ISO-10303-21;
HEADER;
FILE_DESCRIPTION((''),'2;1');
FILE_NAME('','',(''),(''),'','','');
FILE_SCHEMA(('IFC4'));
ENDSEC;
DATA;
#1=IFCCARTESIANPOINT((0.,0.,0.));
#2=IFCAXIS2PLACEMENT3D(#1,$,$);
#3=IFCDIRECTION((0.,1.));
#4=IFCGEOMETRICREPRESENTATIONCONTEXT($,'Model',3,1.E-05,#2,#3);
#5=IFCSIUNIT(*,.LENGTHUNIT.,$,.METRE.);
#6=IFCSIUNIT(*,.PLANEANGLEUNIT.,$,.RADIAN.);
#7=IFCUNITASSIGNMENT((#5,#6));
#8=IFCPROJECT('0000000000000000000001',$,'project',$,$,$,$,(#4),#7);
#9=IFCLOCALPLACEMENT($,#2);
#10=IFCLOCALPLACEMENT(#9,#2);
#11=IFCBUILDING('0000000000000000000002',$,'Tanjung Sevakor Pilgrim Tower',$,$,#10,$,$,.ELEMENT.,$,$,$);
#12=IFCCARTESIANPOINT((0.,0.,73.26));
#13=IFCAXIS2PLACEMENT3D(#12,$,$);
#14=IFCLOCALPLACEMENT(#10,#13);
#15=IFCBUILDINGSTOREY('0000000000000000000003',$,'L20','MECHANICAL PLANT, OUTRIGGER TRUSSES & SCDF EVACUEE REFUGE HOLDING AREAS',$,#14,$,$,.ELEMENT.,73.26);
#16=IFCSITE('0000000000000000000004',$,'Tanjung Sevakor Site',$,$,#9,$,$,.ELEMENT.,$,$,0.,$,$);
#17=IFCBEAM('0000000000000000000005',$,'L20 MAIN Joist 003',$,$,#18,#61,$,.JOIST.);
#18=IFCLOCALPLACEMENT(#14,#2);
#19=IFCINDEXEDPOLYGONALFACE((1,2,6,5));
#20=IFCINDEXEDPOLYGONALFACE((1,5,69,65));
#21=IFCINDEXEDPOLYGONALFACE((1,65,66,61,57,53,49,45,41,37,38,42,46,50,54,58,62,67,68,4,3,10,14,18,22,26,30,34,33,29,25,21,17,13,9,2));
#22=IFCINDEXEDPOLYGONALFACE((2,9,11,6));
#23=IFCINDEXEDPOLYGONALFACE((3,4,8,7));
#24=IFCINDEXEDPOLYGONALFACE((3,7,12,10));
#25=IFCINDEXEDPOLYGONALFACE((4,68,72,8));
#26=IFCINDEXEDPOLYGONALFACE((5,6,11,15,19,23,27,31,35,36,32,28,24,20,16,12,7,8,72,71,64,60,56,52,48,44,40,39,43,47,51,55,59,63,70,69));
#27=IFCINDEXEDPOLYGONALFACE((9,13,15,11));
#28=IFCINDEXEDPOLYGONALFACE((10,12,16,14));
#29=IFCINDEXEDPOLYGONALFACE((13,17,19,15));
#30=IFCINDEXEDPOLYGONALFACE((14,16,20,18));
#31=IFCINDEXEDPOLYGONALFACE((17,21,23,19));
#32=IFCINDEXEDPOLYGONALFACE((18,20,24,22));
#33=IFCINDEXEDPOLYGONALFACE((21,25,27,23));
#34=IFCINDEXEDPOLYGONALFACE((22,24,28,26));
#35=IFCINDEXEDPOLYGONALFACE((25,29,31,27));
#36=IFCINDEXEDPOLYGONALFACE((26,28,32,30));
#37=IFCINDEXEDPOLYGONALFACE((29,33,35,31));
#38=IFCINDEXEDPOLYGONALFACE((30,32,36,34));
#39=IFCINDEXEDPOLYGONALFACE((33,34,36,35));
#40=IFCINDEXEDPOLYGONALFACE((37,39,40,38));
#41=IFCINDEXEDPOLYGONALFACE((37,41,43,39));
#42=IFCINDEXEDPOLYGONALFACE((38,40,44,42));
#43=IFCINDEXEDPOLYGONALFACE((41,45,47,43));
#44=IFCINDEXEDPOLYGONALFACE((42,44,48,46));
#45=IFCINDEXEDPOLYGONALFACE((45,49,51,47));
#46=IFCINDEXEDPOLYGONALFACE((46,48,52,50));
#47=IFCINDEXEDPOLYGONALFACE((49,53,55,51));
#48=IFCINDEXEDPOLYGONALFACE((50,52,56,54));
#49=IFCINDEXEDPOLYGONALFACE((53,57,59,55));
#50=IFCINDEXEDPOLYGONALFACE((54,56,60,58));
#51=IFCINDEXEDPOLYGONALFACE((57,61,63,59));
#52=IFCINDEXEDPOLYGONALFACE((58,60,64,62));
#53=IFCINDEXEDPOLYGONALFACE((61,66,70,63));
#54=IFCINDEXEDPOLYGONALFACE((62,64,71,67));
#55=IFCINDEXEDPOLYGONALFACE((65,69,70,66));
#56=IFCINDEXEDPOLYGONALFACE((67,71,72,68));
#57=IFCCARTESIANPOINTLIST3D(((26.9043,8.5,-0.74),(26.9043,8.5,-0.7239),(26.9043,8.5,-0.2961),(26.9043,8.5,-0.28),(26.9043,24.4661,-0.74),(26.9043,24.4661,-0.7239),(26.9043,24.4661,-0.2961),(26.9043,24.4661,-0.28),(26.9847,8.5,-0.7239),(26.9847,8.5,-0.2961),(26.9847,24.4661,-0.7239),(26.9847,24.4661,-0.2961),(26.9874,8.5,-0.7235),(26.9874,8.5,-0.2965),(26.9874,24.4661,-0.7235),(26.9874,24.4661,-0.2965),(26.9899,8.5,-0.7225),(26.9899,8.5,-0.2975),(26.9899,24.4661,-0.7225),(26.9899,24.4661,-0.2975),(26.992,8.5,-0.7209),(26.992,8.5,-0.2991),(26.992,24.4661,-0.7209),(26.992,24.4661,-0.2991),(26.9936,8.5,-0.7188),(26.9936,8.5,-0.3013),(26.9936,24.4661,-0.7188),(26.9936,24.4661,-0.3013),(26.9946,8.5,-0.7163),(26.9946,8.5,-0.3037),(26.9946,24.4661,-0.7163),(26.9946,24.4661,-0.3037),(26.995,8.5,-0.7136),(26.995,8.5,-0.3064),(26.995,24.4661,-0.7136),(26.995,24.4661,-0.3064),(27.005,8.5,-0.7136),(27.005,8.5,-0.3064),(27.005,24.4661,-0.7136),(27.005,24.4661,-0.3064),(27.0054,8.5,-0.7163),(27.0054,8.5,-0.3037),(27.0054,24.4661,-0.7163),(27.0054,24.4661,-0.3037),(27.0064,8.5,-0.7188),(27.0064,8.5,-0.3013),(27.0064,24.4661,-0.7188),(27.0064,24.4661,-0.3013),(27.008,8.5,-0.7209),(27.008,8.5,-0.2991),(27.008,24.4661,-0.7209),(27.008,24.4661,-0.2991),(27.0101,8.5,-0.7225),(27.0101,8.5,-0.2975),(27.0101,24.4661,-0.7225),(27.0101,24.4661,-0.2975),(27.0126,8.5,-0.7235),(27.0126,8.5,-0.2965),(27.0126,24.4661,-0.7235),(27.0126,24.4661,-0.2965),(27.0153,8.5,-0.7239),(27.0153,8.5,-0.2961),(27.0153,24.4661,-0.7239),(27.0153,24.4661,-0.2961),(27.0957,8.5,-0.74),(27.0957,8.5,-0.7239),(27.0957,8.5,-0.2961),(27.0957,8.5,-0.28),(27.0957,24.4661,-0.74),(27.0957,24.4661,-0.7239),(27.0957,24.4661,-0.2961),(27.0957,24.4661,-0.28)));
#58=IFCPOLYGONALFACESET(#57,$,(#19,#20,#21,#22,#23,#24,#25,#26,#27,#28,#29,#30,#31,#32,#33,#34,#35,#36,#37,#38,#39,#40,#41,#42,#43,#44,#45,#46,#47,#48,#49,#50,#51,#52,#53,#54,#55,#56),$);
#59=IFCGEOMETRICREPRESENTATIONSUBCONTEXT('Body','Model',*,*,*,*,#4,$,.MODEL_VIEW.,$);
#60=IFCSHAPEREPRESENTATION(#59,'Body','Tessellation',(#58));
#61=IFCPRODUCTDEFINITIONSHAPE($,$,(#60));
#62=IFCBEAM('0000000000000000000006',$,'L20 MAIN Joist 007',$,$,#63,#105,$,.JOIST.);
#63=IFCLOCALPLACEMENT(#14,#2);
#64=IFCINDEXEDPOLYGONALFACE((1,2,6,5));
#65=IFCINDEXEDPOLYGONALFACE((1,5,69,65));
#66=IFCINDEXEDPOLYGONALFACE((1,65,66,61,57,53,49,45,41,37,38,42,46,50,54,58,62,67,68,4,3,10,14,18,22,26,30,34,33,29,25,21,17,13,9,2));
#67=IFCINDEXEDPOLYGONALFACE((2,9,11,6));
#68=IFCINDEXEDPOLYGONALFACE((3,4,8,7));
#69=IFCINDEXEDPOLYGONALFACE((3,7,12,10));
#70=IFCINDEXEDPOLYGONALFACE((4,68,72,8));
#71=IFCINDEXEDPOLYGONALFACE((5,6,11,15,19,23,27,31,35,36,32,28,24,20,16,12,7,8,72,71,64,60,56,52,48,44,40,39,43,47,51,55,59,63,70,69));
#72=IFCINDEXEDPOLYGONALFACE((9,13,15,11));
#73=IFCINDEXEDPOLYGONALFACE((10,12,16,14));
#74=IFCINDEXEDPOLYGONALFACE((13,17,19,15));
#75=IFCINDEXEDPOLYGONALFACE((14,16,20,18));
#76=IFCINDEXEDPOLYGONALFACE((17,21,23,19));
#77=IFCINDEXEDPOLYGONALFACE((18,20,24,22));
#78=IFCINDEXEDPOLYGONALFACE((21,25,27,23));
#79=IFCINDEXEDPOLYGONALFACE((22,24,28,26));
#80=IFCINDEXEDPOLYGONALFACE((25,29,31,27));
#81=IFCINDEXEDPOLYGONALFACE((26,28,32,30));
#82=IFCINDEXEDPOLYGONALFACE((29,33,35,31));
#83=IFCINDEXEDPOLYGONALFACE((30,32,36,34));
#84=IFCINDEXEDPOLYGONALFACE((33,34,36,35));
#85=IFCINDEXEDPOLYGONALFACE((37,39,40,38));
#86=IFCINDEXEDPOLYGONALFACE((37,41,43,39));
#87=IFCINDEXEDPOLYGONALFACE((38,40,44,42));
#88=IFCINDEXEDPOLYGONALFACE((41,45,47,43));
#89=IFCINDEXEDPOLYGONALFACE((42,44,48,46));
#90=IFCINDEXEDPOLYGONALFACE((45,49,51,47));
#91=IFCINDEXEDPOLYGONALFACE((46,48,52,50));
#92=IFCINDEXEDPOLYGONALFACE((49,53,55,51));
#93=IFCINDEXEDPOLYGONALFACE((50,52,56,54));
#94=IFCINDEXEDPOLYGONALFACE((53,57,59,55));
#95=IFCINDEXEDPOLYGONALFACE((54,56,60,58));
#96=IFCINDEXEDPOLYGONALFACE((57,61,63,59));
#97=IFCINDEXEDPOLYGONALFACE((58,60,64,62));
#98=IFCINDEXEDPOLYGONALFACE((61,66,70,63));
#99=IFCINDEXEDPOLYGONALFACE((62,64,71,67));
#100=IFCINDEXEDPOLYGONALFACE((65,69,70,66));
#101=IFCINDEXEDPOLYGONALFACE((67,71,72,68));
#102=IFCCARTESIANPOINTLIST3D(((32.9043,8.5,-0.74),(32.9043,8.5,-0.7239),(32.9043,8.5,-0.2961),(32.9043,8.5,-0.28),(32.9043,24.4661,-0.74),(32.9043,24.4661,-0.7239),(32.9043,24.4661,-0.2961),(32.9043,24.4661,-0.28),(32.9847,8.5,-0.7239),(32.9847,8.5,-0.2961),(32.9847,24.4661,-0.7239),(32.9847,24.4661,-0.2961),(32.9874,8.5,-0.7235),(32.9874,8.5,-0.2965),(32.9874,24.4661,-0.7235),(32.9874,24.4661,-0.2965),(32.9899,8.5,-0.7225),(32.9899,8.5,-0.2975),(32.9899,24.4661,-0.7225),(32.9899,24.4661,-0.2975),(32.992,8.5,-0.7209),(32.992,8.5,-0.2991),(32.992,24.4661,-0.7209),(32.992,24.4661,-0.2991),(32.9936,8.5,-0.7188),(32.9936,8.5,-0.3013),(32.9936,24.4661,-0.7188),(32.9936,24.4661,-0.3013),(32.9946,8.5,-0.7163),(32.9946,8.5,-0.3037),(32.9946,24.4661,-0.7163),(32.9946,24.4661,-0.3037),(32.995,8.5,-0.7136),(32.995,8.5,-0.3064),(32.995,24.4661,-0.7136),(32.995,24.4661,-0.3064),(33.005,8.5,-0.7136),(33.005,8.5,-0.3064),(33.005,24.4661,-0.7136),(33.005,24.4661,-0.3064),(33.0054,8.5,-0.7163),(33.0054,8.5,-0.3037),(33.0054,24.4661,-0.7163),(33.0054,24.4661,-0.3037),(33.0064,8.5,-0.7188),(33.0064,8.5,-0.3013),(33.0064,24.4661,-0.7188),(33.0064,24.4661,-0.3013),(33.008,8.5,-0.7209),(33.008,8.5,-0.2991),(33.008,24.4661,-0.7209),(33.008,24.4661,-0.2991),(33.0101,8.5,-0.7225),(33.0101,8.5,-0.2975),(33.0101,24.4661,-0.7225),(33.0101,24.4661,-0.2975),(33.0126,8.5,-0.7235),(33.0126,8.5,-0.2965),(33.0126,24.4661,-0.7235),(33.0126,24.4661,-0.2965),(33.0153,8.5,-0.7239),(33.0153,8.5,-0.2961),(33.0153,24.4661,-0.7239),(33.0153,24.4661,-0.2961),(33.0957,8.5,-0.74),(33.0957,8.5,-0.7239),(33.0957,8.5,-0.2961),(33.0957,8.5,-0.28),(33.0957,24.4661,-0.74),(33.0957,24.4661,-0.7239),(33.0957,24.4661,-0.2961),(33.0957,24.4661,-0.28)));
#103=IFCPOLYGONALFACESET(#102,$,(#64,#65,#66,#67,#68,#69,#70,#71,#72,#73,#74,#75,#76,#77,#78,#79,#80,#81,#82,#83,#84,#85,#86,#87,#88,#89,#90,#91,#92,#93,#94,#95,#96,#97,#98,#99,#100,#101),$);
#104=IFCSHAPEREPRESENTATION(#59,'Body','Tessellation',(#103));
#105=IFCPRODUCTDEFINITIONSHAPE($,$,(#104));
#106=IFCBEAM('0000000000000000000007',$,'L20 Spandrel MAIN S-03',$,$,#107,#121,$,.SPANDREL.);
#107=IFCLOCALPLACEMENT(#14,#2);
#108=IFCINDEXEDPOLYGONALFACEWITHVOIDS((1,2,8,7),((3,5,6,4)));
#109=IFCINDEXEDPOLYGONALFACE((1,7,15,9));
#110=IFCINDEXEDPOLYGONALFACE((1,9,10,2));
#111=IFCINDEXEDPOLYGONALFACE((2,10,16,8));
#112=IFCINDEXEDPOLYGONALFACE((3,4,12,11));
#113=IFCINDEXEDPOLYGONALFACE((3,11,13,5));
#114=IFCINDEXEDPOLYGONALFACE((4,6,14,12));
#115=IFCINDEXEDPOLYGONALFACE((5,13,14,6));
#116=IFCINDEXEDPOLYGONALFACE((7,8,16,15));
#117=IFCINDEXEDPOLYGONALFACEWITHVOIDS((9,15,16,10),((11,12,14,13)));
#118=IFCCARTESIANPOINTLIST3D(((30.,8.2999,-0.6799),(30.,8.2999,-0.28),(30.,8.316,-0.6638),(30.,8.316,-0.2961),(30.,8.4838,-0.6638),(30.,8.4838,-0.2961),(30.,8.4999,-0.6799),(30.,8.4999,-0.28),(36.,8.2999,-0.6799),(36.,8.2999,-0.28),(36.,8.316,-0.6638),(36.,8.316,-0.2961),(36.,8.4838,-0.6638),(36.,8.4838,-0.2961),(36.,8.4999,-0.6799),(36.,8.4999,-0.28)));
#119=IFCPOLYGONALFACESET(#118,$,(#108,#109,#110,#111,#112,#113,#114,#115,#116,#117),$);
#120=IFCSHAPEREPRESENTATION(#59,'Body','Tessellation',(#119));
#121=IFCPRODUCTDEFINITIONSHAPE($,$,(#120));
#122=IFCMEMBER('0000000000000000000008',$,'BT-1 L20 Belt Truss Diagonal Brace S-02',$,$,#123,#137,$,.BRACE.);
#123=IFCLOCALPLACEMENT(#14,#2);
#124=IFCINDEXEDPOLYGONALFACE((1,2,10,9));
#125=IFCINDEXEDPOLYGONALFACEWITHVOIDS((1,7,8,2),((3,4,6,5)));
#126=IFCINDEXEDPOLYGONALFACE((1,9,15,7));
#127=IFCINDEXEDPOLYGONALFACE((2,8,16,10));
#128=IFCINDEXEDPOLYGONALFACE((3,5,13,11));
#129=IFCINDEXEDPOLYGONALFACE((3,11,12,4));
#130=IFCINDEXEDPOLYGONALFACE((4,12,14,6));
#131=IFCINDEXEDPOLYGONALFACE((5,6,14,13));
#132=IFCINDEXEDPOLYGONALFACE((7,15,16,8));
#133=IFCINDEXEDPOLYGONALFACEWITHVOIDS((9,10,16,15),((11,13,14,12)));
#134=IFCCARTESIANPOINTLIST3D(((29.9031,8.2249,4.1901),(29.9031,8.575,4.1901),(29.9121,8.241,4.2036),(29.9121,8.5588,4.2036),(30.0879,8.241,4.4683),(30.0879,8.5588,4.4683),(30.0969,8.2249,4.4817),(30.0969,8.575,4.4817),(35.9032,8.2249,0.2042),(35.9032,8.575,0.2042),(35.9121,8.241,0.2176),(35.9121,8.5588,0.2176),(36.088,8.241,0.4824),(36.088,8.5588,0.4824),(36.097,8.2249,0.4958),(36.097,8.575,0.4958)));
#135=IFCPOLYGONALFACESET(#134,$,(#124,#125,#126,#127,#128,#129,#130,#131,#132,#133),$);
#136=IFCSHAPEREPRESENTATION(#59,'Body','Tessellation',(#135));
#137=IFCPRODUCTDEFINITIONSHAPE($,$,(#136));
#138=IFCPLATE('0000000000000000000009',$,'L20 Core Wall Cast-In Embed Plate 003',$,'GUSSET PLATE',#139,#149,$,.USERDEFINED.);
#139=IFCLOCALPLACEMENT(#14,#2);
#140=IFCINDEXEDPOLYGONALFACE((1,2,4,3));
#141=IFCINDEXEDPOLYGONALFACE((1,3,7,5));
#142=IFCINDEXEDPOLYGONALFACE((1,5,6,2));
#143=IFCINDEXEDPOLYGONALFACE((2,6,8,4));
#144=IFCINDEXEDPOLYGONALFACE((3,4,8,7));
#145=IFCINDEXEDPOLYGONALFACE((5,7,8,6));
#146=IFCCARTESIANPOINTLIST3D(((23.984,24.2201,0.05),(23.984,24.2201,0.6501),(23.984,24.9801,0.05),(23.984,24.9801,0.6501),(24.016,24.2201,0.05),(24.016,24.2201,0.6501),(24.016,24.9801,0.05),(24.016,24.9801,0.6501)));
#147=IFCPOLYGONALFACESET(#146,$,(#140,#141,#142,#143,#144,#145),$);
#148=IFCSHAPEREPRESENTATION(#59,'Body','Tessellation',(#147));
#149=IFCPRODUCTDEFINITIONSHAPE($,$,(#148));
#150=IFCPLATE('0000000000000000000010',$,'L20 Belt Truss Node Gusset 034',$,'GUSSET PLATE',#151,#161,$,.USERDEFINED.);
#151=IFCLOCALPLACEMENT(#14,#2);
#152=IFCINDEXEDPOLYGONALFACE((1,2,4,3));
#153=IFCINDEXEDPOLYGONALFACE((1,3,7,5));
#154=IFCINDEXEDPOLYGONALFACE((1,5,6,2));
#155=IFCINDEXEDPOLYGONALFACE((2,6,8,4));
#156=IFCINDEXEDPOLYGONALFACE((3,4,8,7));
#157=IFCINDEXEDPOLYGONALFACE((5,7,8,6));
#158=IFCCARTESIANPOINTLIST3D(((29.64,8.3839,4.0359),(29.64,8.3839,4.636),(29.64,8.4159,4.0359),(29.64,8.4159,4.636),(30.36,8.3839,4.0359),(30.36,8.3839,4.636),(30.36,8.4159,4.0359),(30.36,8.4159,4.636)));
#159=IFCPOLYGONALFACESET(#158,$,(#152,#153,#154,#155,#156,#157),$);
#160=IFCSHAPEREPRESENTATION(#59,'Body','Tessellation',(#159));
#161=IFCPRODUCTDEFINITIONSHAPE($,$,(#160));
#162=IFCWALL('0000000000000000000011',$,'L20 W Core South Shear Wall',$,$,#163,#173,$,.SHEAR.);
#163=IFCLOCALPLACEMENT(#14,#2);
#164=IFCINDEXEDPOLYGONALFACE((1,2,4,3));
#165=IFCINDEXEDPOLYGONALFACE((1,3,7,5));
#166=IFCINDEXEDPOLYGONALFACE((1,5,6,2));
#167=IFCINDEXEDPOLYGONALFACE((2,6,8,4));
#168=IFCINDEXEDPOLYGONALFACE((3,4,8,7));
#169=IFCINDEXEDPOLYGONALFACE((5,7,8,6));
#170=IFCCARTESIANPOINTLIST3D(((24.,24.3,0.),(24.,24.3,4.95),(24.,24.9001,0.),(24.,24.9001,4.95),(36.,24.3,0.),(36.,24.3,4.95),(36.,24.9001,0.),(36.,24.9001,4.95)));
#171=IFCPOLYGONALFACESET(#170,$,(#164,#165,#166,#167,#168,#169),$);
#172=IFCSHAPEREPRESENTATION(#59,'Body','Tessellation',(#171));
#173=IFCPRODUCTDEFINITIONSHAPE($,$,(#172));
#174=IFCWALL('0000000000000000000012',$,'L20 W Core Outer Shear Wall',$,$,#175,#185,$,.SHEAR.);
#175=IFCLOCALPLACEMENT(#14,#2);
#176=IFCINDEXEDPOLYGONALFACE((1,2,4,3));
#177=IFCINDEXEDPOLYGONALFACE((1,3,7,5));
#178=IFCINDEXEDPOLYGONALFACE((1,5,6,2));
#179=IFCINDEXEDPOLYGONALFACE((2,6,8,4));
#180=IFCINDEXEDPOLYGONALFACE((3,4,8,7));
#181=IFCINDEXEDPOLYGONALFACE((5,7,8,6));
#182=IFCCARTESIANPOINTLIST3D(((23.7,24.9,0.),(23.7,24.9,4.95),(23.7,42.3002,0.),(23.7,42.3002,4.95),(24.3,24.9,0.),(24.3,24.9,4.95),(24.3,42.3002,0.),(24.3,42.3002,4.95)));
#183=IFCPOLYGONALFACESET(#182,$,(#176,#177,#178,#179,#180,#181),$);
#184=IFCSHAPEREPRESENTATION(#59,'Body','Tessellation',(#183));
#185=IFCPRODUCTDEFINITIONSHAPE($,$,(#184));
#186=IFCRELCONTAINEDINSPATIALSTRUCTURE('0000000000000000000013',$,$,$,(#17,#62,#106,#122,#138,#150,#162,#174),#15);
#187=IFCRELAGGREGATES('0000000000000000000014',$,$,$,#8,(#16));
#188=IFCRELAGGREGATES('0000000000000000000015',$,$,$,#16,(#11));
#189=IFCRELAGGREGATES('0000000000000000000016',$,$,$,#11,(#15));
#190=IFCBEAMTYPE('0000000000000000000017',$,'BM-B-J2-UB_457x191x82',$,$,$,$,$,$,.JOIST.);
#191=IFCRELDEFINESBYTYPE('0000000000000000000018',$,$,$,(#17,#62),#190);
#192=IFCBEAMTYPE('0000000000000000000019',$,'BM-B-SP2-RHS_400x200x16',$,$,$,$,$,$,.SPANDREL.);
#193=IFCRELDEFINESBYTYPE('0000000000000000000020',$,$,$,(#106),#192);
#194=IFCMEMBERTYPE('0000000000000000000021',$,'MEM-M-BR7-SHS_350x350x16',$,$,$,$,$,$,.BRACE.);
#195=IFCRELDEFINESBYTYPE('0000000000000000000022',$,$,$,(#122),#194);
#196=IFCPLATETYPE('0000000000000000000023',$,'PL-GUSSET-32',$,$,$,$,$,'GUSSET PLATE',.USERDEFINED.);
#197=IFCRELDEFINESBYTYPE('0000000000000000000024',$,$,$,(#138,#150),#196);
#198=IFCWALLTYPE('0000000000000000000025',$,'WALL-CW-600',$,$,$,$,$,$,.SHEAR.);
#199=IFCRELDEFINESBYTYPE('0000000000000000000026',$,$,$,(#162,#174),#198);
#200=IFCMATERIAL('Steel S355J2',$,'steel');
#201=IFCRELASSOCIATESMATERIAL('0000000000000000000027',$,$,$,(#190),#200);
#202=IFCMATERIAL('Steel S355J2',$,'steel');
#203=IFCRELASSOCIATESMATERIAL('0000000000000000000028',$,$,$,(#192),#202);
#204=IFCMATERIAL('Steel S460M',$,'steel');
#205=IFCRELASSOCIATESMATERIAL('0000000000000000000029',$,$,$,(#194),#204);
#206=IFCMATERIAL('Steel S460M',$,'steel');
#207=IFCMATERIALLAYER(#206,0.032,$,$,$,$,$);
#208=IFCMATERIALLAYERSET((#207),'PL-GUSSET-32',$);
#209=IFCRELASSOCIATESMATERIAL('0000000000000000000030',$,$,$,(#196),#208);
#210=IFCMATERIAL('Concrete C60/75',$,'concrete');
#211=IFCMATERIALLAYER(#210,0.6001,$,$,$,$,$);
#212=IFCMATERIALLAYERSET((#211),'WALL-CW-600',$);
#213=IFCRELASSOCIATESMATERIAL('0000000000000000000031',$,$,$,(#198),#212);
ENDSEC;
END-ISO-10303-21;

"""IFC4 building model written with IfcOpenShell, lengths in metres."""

from ifc_helpers import new_model, si_unit, direction, frame, frame_2d, origin, origin_2d, place, context, subcontext, project, spatial, rectangle, hollow_rectangle, i_section, extrude, material, layer, layer_set, material_profile, profile_set, type_object, element, save


model = new_model("IFC4")

# Units and contexts
model_context = context("Model", 3, precision=1e-05, world=origin(), true_north=direction((0.0, 1.0)))
body_context = subcontext(model_context, "Body", "Model", "MODEL_VIEW")
ifc_project = project(units=[si_unit("LENGTHUNIT", "METRE"), si_unit("PLANEANGLEUNIT", "RADIAN")], contexts=[model_context])

# Site, building, storey
site_placement = place(None, origin())
site = spatial("IfcSite", under=ifc_project, at=site_placement, Name="Tanjung Sevakor Site", CompositionType="ELEMENT", RefElevation=0.0)
building_placement = place(site_placement, origin())
building = spatial("IfcBuilding", under=site, at=building_placement, Name="Tanjung Sevakor Pilgrim Tower", CompositionType="ELEMENT")
storey_placement = place(building_placement, frame((0.0, 0.0, 73.26)))
storey = spatial("IfcBuildingStorey", under=building, at=storey_placement, Name="L20", Description="MECHANICAL PLANT, OUTRIGGER TRUSSES & SCDF EVACUEE REFUGE HOLDING AREAS", CompositionType="ELEMENT", Elevation=73.26)

# Beams
ifc_material_1 = material(Name="Steel S355J2", Category="steel")
ifc_material_profile_1 = material_profile(ifc_material_1, i_section(OverallWidth=0.1914, OverallDepth=0.46, WebThickness=0.01, FlangeThickness=0.0161, FilletRadius=0.0103, at=origin_2d()))
ifc_profile_set_1 = profile_set([ifc_material_profile_1], Name="Steel S355J2")
beam_type_1 = type_object("IfcBeamType", Name="BM-B-J2-UB_457x191x82", PredefinedType="JOIST", material=ifc_profile_set_1)
for number, where, z_axis, x_axis, name in (
    (1, (27.0, 8.5, -0.51), (0.0, 1.0, 0.0), (-1.0, 0.0, 0.0), "L20 MAIN Joist 003"),
    (2, (33.0, 8.5, -0.51), (0.0, 1.0, 0.0), (-1.0, 0.0, 0.0), "L20 MAIN Joist 007"),
):
    element("IfcBeam", number, at=place(storey_placement, frame(where, z_axis=z_axis, x_axis=x_axis)), inside=storey, type_object=beam_type_1, Name=name, PredefinedType="JOIST", context=body_context, shape_type="SweptSolid", body=[
        extrude(i_section(OverallWidth=0.1914, OverallDepth=0.46, WebThickness=0.01, FlangeThickness=0.0161, FilletRadius=0.0103, at=origin_2d()), origin(), (0.0, 0.0, 1.0), 15.9661),
    ])
ifc_material_2 = material(Name="Steel S355J2", Category="steel")
ifc_material_profile_2 = material_profile(ifc_material_2, hollow_rectangle(XDim=0.2, YDim=0.3999, WallThickness=0.0161, at=origin_2d()))
ifc_profile_set_2 = profile_set([ifc_material_profile_2], Name="Steel S355J2")
beam_type_2 = type_object("IfcBeamType", Name="BM-B-SP2-RHS_400x200x16", PredefinedType="SPANDREL", material=ifc_profile_set_2)
beam_1_placement = place(storey_placement, frame((30.0, 8.3999, -0.48), z_axis=(1.0, 0.0, 0.0), x_axis=(0.0, 1.0, 0.0)))
element("IfcBeam", 3, at=beam_1_placement, inside=storey, type_object=beam_type_2, Name="L20 Spandrel MAIN S-03", PredefinedType="SPANDREL", context=body_context, shape_type="SweptSolid", body=[
    extrude(hollow_rectangle(XDim=0.2, YDim=0.3999, WallThickness=0.0161, at=origin_2d()), origin(), (0.0, 0.0, 1.0), 6.0),
])

# Member
ifc_material_3 = material(Name="Steel S460M", Category="steel")
ifc_material_profile_3 = material_profile(ifc_material_3, hollow_rectangle(XDim=0.3501, YDim=0.3501, WallThickness=0.0161, at=origin_2d()))
ifc_profile_set_3 = profile_set([ifc_material_profile_3], Name="Steel S460M")
member_type = type_object("IfcMemberType", Name="MEM-M-BR7-SHS_350x350x16", PredefinedType="BRACE", material=ifc_profile_set_3)
member_placement = place(storey_placement, frame((30.0, 8.3999, 4.3359), z_axis=(0.832956, 0.0, -0.553339), x_axis=(0.0, 1.0, 0.0)))
element("IfcMember", 4, at=member_placement, inside=storey, type_object=member_type, Name="BT-1 L20 Belt Truss Diagonal Brace S-02", PredefinedType="BRACE", context=body_context, shape_type="SweptSolid", body=[
    extrude(hollow_rectangle(XDim=0.3501, YDim=0.3501, WallThickness=0.0161, at=origin_2d()), origin(), (0.0, 0.0, 1.0), 7.2034),
])

# Plates
ifc_material_4 = material(Name="Steel S460M", Category="steel")
ifc_layer_1 = layer(ifc_material_4, 0.032)
ifc_layer_set_1 = layer_set([ifc_layer_1], Name="PL-GUSSET-32")
plate_type = type_object("IfcPlateType", Name="PL-GUSSET-32", ElementType="GUSSET PLATE", PredefinedType="USERDEFINED", material=ifc_layer_set_1)
plate_1_placement = place(storey_placement, frame((24.0, 24.6001, 0.05), z_axis=(0.0, 0.0, 1.0), x_axis=(1.0, 0.0, 0.0)))
element("IfcPlate", 5, at=plate_1_placement, inside=storey, type_object=plate_type, Name="L20 Core Wall Cast-In Embed Plate 003", ObjectType="GUSSET PLATE", PredefinedType="USERDEFINED", context=body_context, shape_type="SweptSolid", body=[
    extrude(rectangle(XDim=0.032, YDim=0.76, at=origin_2d()), origin(), (0.0, 0.0, 1.0), 0.6001),
])
plate_2_placement = place(storey_placement, frame((30.0, 8.3999, 4.0359), z_axis=(0.0, 0.0, 1.0), x_axis=(1.0, 0.0, 0.0)))
element("IfcPlate", 6, at=plate_2_placement, inside=storey, type_object=plate_type, Name="L20 Belt Truss Node Gusset 034", ObjectType="GUSSET PLATE", PredefinedType="USERDEFINED", context=body_context, shape_type="SweptSolid", body=[
    extrude(rectangle(XDim=0.72, YDim=0.032, at=origin_2d()), origin(), (0.0, 0.0, 1.0), 0.6001),
])

# Walls
ifc_material_5 = material(Name="Concrete C60/75", Category="concrete")
ifc_layer_2 = layer(ifc_material_5, 0.6001)
ifc_layer_set_2 = layer_set([ifc_layer_2], Name="WALL-CW-600")
wall_type = type_object("IfcWallType", Name="WALL-CW-600", PredefinedType="SHEAR", material=ifc_layer_set_2)
wall_1_placement = place(storey_placement, frame((24.0, 24.6001, 0.0), z_axis=(0.0, 0.0, 1.0), x_axis=(1.0, 0.0, 0.0)))
element("IfcWall", 7, at=wall_1_placement, inside=storey, type_object=wall_type, Name="L20 W Core South Shear Wall", PredefinedType="SHEAR", context=body_context, shape_type="SweptSolid", body=[
    extrude(rectangle(XDim=12.0, YDim=0.6001, at=frame_2d((6.0, 0.0))), origin(), (0.0, 0.0, 1.0), 4.95),
])
wall_2_placement = place(storey_placement, frame((24.0, 24.8999, 0.0), z_axis=(0.0, 0.0, 1.0), x_axis=(0.0, 1.0, 0.0)))
element("IfcWall", 8, at=wall_2_placement, inside=storey, type_object=wall_type, Name="L20 W Core Outer Shear Wall", PredefinedType="SHEAR", context=body_context, shape_type="SweptSolid", body=[
    extrude(rectangle(XDim=17.4001, YDim=0.6001, at=frame_2d((8.7002, 0.0))), origin(), (0.0, 0.0, 1.0), 4.95),
])

save(model, "model.ifc")
